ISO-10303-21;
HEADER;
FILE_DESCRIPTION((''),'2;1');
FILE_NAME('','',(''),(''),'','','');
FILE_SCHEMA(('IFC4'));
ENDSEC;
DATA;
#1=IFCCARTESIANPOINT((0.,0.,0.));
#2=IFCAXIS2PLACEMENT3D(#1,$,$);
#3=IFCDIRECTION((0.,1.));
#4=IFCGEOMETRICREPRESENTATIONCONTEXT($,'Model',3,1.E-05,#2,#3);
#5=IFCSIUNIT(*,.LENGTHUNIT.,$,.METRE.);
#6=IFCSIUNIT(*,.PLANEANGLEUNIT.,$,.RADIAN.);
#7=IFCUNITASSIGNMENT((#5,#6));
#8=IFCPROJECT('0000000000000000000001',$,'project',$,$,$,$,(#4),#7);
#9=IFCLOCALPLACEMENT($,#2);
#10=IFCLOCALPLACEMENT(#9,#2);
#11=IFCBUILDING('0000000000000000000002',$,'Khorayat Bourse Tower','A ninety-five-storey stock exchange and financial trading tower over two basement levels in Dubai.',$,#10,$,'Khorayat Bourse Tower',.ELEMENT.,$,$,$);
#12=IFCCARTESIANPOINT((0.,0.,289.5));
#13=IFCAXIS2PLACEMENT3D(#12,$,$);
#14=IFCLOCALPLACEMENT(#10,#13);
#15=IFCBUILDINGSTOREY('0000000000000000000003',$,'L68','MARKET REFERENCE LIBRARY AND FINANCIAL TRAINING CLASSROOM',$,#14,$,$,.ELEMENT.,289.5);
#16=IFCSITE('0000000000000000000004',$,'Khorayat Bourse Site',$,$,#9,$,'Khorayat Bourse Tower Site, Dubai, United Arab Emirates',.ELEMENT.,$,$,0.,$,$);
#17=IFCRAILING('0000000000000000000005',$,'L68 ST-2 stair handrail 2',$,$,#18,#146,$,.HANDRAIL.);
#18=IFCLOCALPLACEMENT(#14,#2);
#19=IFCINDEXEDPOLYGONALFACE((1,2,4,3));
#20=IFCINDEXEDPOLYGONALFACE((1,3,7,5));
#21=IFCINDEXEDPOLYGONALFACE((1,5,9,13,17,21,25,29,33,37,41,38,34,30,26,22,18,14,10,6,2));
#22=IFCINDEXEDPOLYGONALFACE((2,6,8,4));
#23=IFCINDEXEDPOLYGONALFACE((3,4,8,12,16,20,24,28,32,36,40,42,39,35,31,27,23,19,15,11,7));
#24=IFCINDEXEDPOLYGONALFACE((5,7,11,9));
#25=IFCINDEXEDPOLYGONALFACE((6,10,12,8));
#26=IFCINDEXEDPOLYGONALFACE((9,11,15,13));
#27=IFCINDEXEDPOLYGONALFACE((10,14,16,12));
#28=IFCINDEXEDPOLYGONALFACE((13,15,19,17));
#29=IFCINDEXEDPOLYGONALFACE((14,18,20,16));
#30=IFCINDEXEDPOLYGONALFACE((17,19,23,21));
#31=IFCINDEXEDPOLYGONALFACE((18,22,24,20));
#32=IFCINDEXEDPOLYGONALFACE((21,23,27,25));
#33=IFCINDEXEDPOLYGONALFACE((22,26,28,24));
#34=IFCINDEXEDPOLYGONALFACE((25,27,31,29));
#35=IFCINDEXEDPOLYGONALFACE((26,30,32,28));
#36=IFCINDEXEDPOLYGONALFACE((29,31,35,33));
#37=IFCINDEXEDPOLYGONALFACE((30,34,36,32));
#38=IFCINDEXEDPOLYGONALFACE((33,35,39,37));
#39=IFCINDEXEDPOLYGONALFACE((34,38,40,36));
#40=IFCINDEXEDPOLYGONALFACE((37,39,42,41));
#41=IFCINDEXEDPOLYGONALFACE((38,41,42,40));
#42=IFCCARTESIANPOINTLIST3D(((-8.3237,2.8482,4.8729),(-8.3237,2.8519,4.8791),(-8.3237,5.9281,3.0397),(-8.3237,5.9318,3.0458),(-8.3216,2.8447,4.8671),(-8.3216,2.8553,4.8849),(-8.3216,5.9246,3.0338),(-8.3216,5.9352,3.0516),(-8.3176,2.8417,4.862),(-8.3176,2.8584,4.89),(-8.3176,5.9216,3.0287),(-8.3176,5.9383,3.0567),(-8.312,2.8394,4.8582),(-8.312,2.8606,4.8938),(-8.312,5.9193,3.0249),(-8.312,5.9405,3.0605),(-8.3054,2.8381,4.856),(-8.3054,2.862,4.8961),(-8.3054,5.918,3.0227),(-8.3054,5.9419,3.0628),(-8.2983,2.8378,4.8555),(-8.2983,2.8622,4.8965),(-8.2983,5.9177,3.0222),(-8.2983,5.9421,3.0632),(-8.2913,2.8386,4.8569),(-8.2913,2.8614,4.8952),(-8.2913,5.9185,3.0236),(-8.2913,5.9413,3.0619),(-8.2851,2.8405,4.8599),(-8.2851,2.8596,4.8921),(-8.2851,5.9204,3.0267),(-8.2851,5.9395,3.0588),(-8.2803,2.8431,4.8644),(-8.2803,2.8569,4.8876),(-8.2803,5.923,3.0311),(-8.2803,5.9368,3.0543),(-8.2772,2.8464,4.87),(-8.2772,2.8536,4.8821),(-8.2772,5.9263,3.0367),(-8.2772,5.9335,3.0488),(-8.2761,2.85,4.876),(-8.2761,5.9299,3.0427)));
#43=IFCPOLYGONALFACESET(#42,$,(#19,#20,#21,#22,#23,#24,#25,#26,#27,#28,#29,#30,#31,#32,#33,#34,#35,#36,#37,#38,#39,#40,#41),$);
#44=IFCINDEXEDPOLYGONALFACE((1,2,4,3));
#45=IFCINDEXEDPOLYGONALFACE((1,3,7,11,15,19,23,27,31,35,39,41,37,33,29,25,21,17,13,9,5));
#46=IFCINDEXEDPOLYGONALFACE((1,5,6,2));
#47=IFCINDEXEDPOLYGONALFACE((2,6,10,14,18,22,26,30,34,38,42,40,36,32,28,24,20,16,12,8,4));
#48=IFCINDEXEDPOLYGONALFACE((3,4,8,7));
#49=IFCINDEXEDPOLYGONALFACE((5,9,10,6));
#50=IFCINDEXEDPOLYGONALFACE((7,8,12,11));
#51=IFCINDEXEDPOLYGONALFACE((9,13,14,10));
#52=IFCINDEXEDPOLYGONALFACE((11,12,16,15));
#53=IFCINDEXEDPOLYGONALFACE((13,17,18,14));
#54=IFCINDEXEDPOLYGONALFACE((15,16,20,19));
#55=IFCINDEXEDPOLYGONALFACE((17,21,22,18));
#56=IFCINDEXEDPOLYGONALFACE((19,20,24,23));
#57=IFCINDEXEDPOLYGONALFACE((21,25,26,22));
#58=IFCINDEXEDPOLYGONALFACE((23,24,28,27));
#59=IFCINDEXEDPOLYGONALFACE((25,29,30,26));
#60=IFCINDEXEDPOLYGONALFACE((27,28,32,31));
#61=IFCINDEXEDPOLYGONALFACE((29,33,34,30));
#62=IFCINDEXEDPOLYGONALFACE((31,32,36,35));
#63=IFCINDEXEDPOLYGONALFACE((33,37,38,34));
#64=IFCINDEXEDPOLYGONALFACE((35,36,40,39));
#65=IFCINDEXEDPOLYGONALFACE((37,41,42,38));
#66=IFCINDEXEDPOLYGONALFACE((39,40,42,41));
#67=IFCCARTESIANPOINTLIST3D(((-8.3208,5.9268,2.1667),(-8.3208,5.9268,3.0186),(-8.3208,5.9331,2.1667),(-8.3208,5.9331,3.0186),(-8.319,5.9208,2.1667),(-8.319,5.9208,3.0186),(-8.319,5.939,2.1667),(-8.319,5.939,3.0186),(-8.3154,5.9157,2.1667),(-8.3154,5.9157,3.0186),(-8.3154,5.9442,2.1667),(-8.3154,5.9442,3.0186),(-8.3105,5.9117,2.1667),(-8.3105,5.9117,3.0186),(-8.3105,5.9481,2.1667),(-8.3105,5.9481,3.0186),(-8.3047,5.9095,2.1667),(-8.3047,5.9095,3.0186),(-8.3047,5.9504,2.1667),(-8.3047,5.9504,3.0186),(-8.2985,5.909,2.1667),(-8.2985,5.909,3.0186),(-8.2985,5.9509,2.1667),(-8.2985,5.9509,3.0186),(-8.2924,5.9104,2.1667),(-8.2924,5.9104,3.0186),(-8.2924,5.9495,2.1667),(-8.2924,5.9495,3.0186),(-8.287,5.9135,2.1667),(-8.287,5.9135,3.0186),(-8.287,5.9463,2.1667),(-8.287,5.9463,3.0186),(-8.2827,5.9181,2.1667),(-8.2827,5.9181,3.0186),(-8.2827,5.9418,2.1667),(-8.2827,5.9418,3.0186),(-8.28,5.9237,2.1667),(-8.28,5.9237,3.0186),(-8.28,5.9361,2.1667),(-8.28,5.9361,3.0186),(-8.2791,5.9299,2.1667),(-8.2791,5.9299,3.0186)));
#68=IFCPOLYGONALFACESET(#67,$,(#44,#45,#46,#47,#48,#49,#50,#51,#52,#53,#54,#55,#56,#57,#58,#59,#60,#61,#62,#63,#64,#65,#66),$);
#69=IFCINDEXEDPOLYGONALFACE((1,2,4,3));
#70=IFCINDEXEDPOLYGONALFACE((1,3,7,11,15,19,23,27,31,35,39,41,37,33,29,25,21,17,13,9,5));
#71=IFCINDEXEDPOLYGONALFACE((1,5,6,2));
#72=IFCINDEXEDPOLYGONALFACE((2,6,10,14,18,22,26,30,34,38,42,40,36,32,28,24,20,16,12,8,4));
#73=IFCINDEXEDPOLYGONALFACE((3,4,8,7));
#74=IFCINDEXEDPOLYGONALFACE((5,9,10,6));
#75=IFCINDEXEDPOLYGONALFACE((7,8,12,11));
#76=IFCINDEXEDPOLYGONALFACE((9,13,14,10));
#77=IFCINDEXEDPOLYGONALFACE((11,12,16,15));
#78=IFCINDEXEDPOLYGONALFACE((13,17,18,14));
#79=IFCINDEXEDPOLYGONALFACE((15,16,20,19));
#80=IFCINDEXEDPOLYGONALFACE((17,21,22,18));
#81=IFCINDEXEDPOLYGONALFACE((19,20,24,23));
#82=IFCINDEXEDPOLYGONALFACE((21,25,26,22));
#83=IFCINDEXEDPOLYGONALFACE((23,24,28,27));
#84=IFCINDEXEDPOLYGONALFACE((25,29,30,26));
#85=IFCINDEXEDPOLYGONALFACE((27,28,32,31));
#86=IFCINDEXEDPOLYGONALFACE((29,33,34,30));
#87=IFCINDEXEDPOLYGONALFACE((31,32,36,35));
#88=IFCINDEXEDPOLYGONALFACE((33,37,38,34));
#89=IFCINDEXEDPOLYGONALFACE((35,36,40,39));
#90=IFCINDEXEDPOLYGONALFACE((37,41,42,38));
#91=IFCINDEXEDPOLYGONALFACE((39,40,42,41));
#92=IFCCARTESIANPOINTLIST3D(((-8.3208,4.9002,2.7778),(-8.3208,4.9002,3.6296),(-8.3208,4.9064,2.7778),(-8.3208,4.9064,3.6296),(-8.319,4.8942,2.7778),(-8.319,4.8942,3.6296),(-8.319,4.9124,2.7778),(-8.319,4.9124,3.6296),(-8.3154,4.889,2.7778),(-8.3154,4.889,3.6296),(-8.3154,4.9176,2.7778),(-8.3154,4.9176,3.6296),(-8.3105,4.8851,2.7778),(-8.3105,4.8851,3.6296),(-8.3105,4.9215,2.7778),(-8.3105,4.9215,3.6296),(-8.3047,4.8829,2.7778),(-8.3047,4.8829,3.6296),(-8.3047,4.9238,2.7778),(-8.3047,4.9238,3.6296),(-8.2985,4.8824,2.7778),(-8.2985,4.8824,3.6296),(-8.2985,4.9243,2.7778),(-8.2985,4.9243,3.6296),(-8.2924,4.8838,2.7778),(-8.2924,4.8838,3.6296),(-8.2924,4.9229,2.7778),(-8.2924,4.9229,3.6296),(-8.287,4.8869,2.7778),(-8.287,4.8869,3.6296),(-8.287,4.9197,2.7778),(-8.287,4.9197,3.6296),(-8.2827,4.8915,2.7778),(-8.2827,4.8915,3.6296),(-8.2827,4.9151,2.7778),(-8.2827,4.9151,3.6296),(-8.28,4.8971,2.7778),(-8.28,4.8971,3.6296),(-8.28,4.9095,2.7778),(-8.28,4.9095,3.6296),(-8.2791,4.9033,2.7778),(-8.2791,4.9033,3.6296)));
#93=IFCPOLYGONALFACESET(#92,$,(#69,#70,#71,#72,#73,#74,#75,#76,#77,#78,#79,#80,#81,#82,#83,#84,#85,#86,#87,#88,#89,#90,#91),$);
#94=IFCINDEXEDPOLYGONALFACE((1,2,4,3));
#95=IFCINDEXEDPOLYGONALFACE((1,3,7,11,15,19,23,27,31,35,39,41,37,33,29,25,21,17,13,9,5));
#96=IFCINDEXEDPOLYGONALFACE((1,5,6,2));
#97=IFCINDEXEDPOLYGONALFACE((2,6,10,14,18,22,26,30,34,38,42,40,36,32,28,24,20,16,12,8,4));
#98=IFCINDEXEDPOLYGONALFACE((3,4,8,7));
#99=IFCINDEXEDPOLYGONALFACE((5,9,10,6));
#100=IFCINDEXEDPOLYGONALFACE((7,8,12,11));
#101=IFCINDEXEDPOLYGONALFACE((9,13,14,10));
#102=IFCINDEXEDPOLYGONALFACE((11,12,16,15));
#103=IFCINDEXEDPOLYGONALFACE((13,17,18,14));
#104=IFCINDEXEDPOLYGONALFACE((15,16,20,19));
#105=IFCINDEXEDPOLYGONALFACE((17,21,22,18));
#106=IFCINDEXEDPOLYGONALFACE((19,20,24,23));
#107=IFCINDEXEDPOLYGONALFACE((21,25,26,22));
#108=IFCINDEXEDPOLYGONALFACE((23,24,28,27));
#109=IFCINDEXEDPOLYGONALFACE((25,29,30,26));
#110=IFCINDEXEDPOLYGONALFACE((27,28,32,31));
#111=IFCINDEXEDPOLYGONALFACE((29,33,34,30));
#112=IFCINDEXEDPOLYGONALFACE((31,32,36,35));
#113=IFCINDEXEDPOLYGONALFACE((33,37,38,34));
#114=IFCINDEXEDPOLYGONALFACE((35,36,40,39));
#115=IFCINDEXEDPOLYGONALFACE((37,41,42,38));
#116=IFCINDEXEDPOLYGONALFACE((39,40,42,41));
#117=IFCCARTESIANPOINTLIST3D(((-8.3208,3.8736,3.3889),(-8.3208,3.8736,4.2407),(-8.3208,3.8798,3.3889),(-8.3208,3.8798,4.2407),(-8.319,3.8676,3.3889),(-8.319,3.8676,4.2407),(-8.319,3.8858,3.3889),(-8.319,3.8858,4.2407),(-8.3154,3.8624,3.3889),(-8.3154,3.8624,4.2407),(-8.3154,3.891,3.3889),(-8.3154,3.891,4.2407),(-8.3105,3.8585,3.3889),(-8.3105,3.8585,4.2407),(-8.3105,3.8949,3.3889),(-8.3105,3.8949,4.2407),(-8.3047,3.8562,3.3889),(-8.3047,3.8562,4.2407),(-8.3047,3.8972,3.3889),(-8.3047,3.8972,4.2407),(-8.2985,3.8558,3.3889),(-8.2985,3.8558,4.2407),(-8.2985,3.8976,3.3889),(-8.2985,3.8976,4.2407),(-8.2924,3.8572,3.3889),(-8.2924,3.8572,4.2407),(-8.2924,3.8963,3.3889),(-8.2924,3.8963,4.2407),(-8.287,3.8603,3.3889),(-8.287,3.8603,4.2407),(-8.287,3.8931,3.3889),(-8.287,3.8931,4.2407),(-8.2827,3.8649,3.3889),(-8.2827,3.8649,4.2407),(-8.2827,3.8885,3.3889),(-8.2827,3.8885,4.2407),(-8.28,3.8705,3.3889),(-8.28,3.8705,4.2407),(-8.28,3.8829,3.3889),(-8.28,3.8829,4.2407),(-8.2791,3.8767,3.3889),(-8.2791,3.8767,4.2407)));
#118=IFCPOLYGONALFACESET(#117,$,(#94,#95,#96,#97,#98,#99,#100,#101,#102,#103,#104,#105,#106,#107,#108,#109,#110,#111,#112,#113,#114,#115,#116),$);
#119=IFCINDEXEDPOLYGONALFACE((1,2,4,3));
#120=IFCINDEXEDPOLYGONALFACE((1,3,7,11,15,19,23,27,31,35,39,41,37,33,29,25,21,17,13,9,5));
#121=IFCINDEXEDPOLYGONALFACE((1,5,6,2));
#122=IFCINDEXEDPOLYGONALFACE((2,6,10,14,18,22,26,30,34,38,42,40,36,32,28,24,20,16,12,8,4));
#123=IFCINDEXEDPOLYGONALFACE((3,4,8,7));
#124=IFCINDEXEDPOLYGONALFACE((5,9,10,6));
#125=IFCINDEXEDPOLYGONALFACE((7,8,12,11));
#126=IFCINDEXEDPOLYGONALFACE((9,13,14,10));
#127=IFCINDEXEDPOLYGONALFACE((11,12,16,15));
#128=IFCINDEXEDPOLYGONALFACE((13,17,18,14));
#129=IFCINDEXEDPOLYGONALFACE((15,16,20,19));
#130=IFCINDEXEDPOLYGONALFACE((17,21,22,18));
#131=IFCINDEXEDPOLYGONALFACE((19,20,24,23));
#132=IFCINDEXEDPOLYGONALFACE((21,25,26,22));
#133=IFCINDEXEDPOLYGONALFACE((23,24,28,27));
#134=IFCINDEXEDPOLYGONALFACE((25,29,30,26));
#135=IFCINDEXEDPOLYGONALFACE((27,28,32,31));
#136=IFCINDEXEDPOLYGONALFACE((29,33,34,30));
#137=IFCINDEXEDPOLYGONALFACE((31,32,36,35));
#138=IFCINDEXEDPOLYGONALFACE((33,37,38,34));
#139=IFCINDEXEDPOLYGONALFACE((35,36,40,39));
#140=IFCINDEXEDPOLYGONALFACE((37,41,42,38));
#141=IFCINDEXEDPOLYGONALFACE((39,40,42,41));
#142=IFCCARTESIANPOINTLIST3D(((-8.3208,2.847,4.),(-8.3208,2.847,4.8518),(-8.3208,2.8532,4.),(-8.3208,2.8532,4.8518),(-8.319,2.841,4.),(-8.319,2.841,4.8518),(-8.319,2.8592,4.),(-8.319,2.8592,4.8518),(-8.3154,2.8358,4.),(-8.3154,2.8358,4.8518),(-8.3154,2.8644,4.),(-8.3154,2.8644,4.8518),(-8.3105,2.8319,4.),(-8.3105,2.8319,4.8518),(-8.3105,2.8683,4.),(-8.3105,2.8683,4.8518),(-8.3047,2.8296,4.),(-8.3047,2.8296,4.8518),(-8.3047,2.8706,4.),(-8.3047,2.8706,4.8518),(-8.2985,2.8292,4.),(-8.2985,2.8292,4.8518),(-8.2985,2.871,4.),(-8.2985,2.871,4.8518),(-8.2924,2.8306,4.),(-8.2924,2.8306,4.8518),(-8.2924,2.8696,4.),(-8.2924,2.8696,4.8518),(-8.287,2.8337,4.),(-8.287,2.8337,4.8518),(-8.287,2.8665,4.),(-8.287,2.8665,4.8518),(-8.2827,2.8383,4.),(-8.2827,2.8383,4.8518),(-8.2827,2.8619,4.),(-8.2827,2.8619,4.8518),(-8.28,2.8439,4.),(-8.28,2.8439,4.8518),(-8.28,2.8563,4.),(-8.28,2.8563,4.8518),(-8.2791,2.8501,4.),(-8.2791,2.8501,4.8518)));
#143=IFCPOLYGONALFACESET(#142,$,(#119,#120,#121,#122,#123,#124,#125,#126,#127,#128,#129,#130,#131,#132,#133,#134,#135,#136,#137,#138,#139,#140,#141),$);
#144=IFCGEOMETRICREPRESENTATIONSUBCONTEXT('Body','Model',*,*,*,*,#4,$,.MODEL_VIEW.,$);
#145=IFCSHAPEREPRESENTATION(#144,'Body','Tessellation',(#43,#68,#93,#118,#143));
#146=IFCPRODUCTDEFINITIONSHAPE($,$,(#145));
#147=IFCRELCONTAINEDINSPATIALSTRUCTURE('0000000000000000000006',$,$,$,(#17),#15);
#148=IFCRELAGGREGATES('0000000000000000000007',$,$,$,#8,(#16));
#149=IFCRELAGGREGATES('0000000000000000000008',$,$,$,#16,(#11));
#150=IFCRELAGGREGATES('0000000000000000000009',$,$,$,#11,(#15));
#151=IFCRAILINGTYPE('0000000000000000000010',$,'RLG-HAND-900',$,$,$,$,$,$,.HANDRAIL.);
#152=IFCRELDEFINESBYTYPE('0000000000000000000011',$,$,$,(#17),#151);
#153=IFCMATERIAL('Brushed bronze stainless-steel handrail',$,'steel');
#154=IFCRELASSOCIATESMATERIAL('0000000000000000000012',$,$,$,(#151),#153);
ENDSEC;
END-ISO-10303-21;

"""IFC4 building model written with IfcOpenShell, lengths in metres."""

from ifc_helpers import new_model, si_unit, direction, frame, origin, origin_2d, place, context, subcontext, project, spatial, circle, extrude, source, transform, mapped, material, type_object, element, save


model = new_model("IFC4")

# Units and contexts
model_context = context("Model", 3, precision=1e-05, world=origin(), true_north=direction((0.0, 1.0)))
body_context = subcontext(model_context, "Body", "Model", "MODEL_VIEW")
ifc_project = project(units=[si_unit("LENGTHUNIT", "METRE"), si_unit("PLANEANGLEUNIT", "RADIAN")], contexts=[model_context])

# Site, building, storey
site_placement = place(None, origin())
site = spatial("IfcSite", under=ifc_project, at=site_placement, Name="Khorayat Bourse Site", LongName="Khorayat Bourse Tower Site, Dubai, United Arab Emirates", CompositionType="ELEMENT", RefElevation=0.0)
building_placement = place(site_placement, origin())
building = spatial("IfcBuilding", under=site, at=building_placement, Name="Khorayat Bourse Tower", Description="A ninety-five-storey stock exchange and financial trading tower over two basement levels in Dubai.", LongName="Khorayat Bourse Tower", CompositionType="ELEMENT")
storey_placement = place(building_placement, frame((0.0, 0.0, 289.5)))
storey = spatial("IfcBuildingStorey", under=building, at=storey_placement, Name="L68", Description="MARKET REFERENCE LIBRARY AND FINANCIAL TRAINING CLASSROOM", CompositionType="ELEMENT", Elevation=289.5)

# Railing
ifc_material_1 = material(Name="Brushed bronze stainless-steel handrail", Category="steel")
railing_type_1 = type_object("IfcRailingType", Name="RLG-HAND-900", PredefinedType="HANDRAIL", material=ifc_material_1)
shared_shape_1 = source(origin(), body_context, "Body", "SweptSolid", [
    extrude(circle(Radius=0.0239, at=origin_2d()), frame((0.0, 0.0, 0.876), z_axis=(0.0, -0.859291, 0.511487), x_axis=(1.0, 0.0, 0.0)), (0.0, 0.0, 1.0), 3.5842),
    extrude(circle(Radius=0.021, at=origin_2d()), origin(), (0.0, 0.0, 1.0), 0.8518),
    extrude(circle(Radius=0.021, at=origin_2d()), frame((0.0, -1.0266, 0.6111)), (0.0, 0.0, 1.0), 0.8518),
    extrude(circle(Radius=0.021, at=origin_2d()), frame((0.0, -2.0532, 1.2222)), (0.0, 0.0, 1.0), 0.8518),
    extrude(circle(Radius=0.021, at=origin_2d()), frame((0.0, -3.0798, 1.8333)), (0.0, 0.0, 1.0), 0.8518),
])
railing_1_placement = place(storey_placement, frame((-8.3, 5.9299, 2.1667)))
element("IfcRailing", 1, at=railing_1_placement, inside=storey, type_object=railing_type_1, Name="L68 ST-2 stair handrail 2", PredefinedType="HANDRAIL", context=body_context, shape_type="MappedRepresentation", body=[
    mapped(shared_shape_1, transform((0.0, 0.0, 0.0), scale=1.0)),
])

save(model, "model.ifc")
